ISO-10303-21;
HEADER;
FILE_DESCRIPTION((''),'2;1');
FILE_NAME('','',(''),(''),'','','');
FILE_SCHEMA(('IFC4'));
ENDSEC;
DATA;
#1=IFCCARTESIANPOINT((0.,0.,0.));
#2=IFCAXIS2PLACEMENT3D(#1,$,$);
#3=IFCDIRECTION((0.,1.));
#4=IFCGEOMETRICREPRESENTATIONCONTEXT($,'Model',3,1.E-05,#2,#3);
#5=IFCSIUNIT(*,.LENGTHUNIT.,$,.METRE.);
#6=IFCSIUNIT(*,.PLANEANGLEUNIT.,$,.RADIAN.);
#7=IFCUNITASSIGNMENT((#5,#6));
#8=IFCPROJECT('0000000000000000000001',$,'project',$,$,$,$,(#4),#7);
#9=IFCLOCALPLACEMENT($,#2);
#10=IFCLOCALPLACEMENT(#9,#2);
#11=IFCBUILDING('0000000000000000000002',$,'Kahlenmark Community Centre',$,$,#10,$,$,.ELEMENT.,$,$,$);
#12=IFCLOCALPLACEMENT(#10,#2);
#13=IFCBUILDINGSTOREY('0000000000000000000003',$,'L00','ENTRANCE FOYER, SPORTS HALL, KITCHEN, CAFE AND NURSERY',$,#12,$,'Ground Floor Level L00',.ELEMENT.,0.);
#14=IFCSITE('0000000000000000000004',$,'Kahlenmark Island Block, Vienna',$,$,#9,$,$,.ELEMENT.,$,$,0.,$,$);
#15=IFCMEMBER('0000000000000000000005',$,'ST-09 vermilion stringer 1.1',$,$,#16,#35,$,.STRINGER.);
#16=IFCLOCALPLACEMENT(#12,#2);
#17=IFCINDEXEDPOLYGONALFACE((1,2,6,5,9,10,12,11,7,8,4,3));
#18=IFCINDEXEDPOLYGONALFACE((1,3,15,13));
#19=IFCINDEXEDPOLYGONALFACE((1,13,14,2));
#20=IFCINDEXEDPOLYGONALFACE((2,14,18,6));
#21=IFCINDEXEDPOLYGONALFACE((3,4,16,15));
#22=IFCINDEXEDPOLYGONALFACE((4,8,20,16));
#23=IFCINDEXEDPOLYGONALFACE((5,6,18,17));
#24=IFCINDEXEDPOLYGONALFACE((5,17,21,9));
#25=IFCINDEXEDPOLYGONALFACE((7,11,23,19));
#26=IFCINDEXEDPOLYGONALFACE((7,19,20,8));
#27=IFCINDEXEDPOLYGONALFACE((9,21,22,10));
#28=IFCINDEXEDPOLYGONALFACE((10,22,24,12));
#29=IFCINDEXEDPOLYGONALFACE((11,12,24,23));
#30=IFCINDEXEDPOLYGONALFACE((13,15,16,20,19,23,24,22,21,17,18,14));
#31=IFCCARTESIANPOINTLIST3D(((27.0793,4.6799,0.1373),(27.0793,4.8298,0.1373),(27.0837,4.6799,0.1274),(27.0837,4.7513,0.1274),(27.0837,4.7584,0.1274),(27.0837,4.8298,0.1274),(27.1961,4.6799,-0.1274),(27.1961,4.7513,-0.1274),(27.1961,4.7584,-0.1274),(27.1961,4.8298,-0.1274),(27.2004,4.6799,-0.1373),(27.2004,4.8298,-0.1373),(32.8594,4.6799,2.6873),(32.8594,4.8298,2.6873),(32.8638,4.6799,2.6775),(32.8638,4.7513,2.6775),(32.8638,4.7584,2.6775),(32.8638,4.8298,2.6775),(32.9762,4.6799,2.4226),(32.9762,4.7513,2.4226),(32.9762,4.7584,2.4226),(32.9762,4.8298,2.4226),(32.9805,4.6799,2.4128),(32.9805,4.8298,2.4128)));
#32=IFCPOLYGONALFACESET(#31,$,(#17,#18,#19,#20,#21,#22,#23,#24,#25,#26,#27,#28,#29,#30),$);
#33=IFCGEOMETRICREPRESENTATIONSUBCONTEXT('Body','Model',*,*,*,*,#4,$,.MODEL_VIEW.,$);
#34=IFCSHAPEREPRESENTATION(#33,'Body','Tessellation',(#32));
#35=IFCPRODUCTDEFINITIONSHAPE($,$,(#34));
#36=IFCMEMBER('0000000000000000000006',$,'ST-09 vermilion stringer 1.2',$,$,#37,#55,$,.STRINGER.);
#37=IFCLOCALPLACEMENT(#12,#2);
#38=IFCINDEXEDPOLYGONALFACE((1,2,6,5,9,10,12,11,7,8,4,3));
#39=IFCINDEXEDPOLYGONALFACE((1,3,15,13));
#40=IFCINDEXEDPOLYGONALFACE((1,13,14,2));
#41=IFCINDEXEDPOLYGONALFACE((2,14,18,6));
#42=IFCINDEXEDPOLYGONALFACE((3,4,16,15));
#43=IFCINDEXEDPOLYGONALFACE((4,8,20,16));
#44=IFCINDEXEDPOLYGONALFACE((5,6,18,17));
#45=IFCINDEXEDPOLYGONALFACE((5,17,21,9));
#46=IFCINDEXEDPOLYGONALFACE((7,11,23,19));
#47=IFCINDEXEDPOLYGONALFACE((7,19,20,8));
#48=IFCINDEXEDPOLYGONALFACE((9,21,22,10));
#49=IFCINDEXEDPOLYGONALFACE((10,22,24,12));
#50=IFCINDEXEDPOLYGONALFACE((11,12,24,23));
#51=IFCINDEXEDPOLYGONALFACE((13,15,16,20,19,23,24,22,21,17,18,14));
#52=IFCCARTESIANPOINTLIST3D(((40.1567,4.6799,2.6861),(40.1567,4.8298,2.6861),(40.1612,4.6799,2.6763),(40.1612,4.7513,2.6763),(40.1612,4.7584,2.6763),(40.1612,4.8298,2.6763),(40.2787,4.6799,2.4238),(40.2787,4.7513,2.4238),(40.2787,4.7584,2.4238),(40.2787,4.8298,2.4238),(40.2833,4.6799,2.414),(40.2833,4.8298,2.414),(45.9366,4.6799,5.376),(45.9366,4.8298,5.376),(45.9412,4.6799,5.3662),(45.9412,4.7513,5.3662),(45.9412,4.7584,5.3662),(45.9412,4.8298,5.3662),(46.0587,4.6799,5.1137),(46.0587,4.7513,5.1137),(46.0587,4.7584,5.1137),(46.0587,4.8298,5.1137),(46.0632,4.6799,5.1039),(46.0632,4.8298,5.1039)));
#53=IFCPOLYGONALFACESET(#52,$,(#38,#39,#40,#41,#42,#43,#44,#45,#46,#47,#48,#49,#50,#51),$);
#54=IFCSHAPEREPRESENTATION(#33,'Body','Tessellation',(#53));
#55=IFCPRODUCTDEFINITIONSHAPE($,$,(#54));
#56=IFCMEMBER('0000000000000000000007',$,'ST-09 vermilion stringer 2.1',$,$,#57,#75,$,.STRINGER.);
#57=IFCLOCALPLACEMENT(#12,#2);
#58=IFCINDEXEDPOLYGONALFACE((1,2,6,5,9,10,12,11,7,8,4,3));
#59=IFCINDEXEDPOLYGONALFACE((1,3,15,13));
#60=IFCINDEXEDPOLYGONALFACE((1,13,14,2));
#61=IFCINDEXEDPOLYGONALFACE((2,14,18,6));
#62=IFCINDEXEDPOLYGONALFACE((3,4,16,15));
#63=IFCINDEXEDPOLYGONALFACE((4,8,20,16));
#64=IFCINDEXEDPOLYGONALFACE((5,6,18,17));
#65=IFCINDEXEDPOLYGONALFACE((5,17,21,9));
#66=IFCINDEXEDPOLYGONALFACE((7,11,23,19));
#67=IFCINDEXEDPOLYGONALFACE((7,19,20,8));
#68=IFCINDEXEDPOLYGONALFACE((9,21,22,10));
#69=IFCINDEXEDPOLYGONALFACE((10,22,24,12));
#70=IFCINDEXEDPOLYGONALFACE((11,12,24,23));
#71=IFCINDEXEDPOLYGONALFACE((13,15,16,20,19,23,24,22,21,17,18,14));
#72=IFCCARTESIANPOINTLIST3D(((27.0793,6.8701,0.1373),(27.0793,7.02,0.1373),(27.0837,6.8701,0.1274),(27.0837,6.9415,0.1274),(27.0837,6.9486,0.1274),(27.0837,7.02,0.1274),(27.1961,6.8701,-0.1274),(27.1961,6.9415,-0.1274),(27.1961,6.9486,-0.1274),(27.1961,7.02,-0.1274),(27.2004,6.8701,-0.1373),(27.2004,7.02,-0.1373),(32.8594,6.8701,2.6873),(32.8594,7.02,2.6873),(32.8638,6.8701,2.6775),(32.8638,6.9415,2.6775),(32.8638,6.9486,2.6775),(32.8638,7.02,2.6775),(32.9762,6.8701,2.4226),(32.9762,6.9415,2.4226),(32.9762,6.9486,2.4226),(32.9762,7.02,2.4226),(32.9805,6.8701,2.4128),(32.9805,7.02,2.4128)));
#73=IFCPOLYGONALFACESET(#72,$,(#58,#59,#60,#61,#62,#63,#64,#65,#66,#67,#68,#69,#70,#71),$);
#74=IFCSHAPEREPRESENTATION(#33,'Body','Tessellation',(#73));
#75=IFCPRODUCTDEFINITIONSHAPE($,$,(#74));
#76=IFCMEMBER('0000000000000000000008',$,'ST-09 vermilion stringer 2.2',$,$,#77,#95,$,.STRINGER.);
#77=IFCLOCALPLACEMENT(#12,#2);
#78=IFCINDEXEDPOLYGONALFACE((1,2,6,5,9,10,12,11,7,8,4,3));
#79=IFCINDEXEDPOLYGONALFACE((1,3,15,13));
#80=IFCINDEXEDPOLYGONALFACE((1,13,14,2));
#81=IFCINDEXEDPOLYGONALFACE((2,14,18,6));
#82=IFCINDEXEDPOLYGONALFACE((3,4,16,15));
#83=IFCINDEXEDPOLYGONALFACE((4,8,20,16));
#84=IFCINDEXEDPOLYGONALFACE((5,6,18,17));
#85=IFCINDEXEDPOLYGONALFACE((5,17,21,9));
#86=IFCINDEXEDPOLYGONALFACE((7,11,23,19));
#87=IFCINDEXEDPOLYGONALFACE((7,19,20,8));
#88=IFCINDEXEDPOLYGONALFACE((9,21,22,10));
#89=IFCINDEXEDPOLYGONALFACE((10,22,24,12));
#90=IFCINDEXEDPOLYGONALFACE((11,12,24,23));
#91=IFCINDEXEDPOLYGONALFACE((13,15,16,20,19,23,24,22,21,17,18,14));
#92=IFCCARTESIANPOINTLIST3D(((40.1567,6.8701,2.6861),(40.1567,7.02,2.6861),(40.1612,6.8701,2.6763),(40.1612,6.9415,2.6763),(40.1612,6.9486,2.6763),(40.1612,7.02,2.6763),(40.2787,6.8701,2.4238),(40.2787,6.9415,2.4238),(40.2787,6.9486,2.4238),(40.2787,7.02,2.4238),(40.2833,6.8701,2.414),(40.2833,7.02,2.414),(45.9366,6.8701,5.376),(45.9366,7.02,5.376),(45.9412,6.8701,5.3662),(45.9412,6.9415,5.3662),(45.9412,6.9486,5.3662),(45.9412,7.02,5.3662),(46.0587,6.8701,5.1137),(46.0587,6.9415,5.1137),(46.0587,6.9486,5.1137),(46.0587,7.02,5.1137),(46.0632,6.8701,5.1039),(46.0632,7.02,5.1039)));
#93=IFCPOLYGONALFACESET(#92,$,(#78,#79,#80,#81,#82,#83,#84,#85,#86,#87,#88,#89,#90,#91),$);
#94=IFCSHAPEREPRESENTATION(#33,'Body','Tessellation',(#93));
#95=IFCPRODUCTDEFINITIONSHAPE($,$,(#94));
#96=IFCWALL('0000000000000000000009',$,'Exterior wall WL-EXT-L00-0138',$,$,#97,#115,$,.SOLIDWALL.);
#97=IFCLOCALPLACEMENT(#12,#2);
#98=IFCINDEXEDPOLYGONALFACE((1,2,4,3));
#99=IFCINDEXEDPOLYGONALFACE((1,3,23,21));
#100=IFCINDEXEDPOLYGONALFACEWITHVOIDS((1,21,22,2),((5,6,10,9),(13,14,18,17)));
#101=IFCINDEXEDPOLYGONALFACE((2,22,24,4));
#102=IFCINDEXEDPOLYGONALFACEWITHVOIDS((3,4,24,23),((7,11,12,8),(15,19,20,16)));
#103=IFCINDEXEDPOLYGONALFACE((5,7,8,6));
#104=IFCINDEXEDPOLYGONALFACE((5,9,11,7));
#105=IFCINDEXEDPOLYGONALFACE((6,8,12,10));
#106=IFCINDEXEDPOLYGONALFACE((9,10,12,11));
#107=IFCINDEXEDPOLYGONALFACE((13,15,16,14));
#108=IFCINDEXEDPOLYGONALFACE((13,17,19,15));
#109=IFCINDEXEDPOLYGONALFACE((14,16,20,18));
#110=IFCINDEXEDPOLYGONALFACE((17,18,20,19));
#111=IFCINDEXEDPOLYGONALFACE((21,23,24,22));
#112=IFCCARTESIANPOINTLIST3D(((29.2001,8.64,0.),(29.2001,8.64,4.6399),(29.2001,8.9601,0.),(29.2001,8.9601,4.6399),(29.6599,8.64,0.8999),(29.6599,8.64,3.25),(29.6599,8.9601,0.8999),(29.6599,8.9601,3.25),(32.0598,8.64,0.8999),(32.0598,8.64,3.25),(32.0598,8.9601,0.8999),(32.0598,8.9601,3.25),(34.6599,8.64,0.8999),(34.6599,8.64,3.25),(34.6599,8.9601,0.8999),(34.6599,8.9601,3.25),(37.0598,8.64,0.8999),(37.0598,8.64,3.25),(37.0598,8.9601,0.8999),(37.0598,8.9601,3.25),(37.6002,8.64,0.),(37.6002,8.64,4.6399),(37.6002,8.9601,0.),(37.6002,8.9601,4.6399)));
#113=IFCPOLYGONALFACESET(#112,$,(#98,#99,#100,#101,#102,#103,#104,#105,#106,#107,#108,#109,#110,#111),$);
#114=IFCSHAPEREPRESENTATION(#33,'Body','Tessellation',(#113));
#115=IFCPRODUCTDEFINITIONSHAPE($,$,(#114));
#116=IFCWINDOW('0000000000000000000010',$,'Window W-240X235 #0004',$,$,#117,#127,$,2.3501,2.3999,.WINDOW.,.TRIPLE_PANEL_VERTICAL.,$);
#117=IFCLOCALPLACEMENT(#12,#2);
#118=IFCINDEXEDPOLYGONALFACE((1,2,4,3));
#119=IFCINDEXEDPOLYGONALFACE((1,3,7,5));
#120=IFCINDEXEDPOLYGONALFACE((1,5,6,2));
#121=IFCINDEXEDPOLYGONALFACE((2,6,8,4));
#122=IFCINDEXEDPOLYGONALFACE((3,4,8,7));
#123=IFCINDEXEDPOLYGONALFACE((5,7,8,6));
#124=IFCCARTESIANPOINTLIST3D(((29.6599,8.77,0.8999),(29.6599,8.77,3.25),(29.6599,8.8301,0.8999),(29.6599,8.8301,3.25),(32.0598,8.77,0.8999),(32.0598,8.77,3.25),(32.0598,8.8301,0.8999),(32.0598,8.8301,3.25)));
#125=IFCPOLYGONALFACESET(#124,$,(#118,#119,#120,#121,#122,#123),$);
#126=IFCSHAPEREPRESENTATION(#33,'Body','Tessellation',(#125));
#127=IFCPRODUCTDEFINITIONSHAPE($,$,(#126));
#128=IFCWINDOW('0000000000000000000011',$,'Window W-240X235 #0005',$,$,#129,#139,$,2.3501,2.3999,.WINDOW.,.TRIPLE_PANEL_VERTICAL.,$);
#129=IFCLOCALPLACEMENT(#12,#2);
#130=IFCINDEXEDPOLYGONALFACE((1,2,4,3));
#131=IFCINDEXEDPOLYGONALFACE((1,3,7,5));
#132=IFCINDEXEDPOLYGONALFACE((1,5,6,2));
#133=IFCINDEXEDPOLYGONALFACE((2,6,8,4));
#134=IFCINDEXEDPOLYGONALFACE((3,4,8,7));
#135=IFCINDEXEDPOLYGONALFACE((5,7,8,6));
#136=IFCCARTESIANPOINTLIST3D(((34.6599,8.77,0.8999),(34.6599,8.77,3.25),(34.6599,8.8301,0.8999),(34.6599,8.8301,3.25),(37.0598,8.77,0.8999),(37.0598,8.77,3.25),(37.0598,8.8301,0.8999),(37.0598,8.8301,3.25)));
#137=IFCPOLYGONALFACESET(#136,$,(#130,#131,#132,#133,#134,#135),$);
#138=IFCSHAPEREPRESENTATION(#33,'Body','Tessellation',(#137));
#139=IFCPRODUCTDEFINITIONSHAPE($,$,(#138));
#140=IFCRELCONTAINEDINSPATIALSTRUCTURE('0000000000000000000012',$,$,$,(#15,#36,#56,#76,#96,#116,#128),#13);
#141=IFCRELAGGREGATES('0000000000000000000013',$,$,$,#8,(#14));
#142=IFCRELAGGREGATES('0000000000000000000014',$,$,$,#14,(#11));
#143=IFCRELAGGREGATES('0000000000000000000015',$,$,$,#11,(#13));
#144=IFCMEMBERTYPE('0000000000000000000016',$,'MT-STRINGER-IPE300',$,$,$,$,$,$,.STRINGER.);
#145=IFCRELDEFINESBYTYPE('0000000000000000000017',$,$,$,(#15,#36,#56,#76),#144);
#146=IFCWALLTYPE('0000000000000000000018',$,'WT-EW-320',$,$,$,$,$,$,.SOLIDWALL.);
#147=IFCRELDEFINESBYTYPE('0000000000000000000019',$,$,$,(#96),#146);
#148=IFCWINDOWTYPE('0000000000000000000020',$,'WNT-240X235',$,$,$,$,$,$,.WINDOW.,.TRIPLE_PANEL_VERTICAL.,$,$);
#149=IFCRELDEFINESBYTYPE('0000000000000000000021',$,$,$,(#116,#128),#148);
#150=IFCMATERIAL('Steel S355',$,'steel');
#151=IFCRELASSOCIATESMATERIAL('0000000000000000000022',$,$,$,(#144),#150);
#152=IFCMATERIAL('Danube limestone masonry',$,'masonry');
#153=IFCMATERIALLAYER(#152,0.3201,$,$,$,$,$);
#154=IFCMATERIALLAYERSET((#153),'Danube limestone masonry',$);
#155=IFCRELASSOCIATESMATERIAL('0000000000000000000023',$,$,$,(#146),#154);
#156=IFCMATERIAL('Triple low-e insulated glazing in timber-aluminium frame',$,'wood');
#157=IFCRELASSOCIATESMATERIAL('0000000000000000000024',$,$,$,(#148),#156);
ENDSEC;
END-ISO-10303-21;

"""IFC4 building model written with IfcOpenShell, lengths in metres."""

from ifc_helpers import new_model, si_unit, direction, frame, frame_2d, origin, origin_2d, place, context, subcontext, project, spatial, rectangle, i_section, extrude, material, layer, layer_set, material_profile, profile_set, type_object, element, fill, save


model = new_model("IFC4")

# Units and contexts
model_context = context("Model", 3, precision=1e-05, world=origin(), true_north=direction((0.0, 1.0)))
body_context = subcontext(model_context, "Body", "Model", "MODEL_VIEW")
ifc_project = project(units=[si_unit("LENGTHUNIT", "METRE"), si_unit("PLANEANGLEUNIT", "RADIAN")], contexts=[model_context])

# Site, building, storey
site_placement = place(None, origin())
site = spatial("IfcSite", under=ifc_project, at=site_placement, Name="Kahlenmark Island Block, Vienna", CompositionType="ELEMENT", RefElevation=0.0)
building_placement = place(site_placement, origin())
building = spatial("IfcBuilding", under=site, at=building_placement, Name="Kahlenmark Community Centre", CompositionType="ELEMENT")
storey_placement = place(building_placement, origin())
storey = spatial("IfcBuildingStorey", under=building, at=storey_placement, Name="L00", Description="ENTRANCE FOYER, SPORTS HALL, KITCHEN, CAFE AND NURSERY", LongName="Ground Floor Level L00", CompositionType="ELEMENT", Elevation=0.0)

# Shared definitions
ifc_material_1 = material(Name="Steel S355", Category="steel")

# Members
ifc_material_profile_1 = material_profile(ifc_material_1, i_section(OverallWidth=0.1499, OverallDepth=0.3, WebThickness=0.0071, FlangeThickness=0.0107, at=origin_2d()), Name="IPE 300")
ifc_profile_set_1 = profile_set([ifc_material_profile_1], Name="Steel S355")
member_type = type_object("IfcMemberType", Name="MT-STRINGER-IPE300", PredefinedType="STRINGER", material=ifc_profile_set_1)
member_1_placement = place(storey_placement, frame((27.1399, 4.7549, 0.0), z_axis=(0.914916, 0.0, 0.403645), x_axis=(0.0, 1.0, 0.0)))
element("IfcMember", 1, at=member_1_placement, inside=storey, type_object=member_type, Name="ST-09 vermilion stringer 1.1", PredefinedType="STRINGER", context=body_context, shape_type="SweptSolid", body=[
    extrude(i_section(OverallWidth=0.1499, OverallDepth=0.3, WebThickness=0.0071, FlangeThickness=0.0107, at=origin_2d()), origin(), (0.0, 0.0, 1.0), 6.3176),
])
member_2_placement = place(storey_placement, frame((40.22, 4.7549, 2.55), z_axis=(0.906628, 0.0, 0.421931), x_axis=(0.0, 1.0, 0.0)))
element("IfcMember", 2, at=member_2_placement, inside=storey, type_object=member_type, Name="ST-09 vermilion stringer 1.2", PredefinedType="STRINGER", context=body_context, shape_type="SweptSolid", body=[
    extrude(i_section(OverallWidth=0.1499, OverallDepth=0.3, WebThickness=0.0071, FlangeThickness=0.0107, at=origin_2d()), origin(), (0.0, 0.0, 1.0), 6.3752),
])
member_3_placement = place(storey_placement, frame((27.1399, 6.9451, 0.0), z_axis=(0.914916, 0.0, 0.403645), x_axis=(0.0, 1.0, 0.0)))
element("IfcMember", 3, at=member_3_placement, inside=storey, type_object=member_type, Name="ST-09 vermilion stringer 2.1", PredefinedType="STRINGER", context=body_context, shape_type="SweptSolid", body=[
    extrude(i_section(OverallWidth=0.1499, OverallDepth=0.3, WebThickness=0.0071, FlangeThickness=0.0107, at=origin_2d()), origin(), (0.0, 0.0, 1.0), 6.3176),
])
member_4_placement = place(storey_placement, frame((40.22, 6.9451, 2.55), z_axis=(0.906628, 0.0, 0.421931), x_axis=(0.0, 1.0, 0.0)))
element("IfcMember", 4, at=member_4_placement, inside=storey, type_object=member_type, Name="ST-09 vermilion stringer 2.2", PredefinedType="STRINGER", context=body_context, shape_type="SweptSolid", body=[
    extrude(i_section(OverallWidth=0.1499, OverallDepth=0.3, WebThickness=0.0071, FlangeThickness=0.0107, at=origin_2d()), origin(), (0.0, 0.0, 1.0), 6.3752),
])

# Wall, openings, windows
ifc_material_2 = material(Name="Danube limestone masonry", Category="masonry")
ifc_layer_1 = layer(ifc_material_2, 0.3201)
ifc_layer_set_1 = layer_set([ifc_layer_1], Name="Danube limestone masonry")
wall_type_1 = type_object("IfcWallType", Name="WT-EW-320", PredefinedType="SOLIDWALL", material=ifc_layer_set_1)
wall_1_placement = place(storey_placement, frame((29.2, 8.8, 0.0), z_axis=(0.0, 0.0, 1.0), x_axis=(1.0, 0.0, 0.0)))
wall_1 = element("IfcWall", 5, at=wall_1_placement, inside=storey, type_object=wall_type_1, Name="Exterior wall WL-EXT-L00-0138", PredefinedType="SOLIDWALL", context=body_context, shape_type="SweptSolid", body=[
    extrude(rectangle(XDim=8.4001, YDim=0.3201, at=frame_2d((4.2002, 0.0))), origin(), (0.0, 0.0, 1.0), 4.6399),
])
opening_1_placement = place(wall_1_placement, frame((0.46, 0.0, 0.8999)))
opening_1 = element("IfcOpeningElement", 6, at=opening_1_placement, cuts=wall_1, PredefinedType="OPENING", context=body_context, shape_type="SweptSolid", body=[
    extrude(rectangle(XDim=2.3999, YDim=2.3501, at=frame_2d((1.2, 1.175))), frame((0.0, 0.1699, 0.0), z_axis=(0.0, -1.0, 0.0), x_axis=(1.0, 0.0, 0.0)), (0.0, 0.0, 1.0), 0.3401),
])
opening_2_placement = place(wall_1_placement, frame((5.46, 0.0, 0.8999)))
opening_2 = element("IfcOpeningElement", 7, at=opening_2_placement, cuts=wall_1, PredefinedType="OPENING", context=body_context, shape_type="SweptSolid", body=[
    extrude(rectangle(XDim=2.3999, YDim=2.3501, at=frame_2d((1.2, 1.175))), frame((0.0, 0.1699, 0.0), z_axis=(0.0, -1.0, 0.0), x_axis=(1.0, 0.0, 0.0)), (0.0, 0.0, 1.0), 0.3401),
])
ifc_material_3 = material(Name="Triple low-e insulated glazing in timber-aluminium frame", Category="wood")
window_type = type_object("IfcWindowType", Name="WNT-240X235", PartitioningType="TRIPLE_PANEL_VERTICAL", PredefinedType="WINDOW", material=ifc_material_3)
window_1_placement = place(opening_1_placement, origin())
window_1 = element("IfcWindow", 8, at=window_1_placement, inside=storey, type_object=window_type, Name="Window W-240X235 #0004", OverallHeight=2.3501, OverallWidth=2.3999, PartitioningType="TRIPLE_PANEL_VERTICAL", PredefinedType="WINDOW", context=body_context, shape_type="SweptSolid", body=[
    extrude(rectangle(XDim=2.3999, YDim=2.3501, at=frame_2d((1.2, 1.175))), frame((0.0, 0.03, 0.0), z_axis=(0.0, -1.0, 0.0), x_axis=(1.0, 0.0, 0.0)), (0.0, 0.0, 1.0), 0.0601),
])
fill(opening_1, window_1)
window_2_placement = place(opening_2_placement, origin())
window_2 = element("IfcWindow", 9, at=window_2_placement, inside=storey, type_object=window_type, Name="Window W-240X235 #0005", OverallHeight=2.3501, OverallWidth=2.3999, PartitioningType="TRIPLE_PANEL_VERTICAL", PredefinedType="WINDOW", context=body_context, shape_type="SweptSolid", body=[
    extrude(rectangle(XDim=2.3999, YDim=2.3501, at=frame_2d((1.2, 1.175))), frame((0.0, 0.03, 0.0), z_axis=(0.0, -1.0, 0.0), x_axis=(1.0, 0.0, 0.0)), (0.0, 0.0, 1.0), 0.0601),
])
fill(opening_2, window_2)

save(model, "model.ifc")
